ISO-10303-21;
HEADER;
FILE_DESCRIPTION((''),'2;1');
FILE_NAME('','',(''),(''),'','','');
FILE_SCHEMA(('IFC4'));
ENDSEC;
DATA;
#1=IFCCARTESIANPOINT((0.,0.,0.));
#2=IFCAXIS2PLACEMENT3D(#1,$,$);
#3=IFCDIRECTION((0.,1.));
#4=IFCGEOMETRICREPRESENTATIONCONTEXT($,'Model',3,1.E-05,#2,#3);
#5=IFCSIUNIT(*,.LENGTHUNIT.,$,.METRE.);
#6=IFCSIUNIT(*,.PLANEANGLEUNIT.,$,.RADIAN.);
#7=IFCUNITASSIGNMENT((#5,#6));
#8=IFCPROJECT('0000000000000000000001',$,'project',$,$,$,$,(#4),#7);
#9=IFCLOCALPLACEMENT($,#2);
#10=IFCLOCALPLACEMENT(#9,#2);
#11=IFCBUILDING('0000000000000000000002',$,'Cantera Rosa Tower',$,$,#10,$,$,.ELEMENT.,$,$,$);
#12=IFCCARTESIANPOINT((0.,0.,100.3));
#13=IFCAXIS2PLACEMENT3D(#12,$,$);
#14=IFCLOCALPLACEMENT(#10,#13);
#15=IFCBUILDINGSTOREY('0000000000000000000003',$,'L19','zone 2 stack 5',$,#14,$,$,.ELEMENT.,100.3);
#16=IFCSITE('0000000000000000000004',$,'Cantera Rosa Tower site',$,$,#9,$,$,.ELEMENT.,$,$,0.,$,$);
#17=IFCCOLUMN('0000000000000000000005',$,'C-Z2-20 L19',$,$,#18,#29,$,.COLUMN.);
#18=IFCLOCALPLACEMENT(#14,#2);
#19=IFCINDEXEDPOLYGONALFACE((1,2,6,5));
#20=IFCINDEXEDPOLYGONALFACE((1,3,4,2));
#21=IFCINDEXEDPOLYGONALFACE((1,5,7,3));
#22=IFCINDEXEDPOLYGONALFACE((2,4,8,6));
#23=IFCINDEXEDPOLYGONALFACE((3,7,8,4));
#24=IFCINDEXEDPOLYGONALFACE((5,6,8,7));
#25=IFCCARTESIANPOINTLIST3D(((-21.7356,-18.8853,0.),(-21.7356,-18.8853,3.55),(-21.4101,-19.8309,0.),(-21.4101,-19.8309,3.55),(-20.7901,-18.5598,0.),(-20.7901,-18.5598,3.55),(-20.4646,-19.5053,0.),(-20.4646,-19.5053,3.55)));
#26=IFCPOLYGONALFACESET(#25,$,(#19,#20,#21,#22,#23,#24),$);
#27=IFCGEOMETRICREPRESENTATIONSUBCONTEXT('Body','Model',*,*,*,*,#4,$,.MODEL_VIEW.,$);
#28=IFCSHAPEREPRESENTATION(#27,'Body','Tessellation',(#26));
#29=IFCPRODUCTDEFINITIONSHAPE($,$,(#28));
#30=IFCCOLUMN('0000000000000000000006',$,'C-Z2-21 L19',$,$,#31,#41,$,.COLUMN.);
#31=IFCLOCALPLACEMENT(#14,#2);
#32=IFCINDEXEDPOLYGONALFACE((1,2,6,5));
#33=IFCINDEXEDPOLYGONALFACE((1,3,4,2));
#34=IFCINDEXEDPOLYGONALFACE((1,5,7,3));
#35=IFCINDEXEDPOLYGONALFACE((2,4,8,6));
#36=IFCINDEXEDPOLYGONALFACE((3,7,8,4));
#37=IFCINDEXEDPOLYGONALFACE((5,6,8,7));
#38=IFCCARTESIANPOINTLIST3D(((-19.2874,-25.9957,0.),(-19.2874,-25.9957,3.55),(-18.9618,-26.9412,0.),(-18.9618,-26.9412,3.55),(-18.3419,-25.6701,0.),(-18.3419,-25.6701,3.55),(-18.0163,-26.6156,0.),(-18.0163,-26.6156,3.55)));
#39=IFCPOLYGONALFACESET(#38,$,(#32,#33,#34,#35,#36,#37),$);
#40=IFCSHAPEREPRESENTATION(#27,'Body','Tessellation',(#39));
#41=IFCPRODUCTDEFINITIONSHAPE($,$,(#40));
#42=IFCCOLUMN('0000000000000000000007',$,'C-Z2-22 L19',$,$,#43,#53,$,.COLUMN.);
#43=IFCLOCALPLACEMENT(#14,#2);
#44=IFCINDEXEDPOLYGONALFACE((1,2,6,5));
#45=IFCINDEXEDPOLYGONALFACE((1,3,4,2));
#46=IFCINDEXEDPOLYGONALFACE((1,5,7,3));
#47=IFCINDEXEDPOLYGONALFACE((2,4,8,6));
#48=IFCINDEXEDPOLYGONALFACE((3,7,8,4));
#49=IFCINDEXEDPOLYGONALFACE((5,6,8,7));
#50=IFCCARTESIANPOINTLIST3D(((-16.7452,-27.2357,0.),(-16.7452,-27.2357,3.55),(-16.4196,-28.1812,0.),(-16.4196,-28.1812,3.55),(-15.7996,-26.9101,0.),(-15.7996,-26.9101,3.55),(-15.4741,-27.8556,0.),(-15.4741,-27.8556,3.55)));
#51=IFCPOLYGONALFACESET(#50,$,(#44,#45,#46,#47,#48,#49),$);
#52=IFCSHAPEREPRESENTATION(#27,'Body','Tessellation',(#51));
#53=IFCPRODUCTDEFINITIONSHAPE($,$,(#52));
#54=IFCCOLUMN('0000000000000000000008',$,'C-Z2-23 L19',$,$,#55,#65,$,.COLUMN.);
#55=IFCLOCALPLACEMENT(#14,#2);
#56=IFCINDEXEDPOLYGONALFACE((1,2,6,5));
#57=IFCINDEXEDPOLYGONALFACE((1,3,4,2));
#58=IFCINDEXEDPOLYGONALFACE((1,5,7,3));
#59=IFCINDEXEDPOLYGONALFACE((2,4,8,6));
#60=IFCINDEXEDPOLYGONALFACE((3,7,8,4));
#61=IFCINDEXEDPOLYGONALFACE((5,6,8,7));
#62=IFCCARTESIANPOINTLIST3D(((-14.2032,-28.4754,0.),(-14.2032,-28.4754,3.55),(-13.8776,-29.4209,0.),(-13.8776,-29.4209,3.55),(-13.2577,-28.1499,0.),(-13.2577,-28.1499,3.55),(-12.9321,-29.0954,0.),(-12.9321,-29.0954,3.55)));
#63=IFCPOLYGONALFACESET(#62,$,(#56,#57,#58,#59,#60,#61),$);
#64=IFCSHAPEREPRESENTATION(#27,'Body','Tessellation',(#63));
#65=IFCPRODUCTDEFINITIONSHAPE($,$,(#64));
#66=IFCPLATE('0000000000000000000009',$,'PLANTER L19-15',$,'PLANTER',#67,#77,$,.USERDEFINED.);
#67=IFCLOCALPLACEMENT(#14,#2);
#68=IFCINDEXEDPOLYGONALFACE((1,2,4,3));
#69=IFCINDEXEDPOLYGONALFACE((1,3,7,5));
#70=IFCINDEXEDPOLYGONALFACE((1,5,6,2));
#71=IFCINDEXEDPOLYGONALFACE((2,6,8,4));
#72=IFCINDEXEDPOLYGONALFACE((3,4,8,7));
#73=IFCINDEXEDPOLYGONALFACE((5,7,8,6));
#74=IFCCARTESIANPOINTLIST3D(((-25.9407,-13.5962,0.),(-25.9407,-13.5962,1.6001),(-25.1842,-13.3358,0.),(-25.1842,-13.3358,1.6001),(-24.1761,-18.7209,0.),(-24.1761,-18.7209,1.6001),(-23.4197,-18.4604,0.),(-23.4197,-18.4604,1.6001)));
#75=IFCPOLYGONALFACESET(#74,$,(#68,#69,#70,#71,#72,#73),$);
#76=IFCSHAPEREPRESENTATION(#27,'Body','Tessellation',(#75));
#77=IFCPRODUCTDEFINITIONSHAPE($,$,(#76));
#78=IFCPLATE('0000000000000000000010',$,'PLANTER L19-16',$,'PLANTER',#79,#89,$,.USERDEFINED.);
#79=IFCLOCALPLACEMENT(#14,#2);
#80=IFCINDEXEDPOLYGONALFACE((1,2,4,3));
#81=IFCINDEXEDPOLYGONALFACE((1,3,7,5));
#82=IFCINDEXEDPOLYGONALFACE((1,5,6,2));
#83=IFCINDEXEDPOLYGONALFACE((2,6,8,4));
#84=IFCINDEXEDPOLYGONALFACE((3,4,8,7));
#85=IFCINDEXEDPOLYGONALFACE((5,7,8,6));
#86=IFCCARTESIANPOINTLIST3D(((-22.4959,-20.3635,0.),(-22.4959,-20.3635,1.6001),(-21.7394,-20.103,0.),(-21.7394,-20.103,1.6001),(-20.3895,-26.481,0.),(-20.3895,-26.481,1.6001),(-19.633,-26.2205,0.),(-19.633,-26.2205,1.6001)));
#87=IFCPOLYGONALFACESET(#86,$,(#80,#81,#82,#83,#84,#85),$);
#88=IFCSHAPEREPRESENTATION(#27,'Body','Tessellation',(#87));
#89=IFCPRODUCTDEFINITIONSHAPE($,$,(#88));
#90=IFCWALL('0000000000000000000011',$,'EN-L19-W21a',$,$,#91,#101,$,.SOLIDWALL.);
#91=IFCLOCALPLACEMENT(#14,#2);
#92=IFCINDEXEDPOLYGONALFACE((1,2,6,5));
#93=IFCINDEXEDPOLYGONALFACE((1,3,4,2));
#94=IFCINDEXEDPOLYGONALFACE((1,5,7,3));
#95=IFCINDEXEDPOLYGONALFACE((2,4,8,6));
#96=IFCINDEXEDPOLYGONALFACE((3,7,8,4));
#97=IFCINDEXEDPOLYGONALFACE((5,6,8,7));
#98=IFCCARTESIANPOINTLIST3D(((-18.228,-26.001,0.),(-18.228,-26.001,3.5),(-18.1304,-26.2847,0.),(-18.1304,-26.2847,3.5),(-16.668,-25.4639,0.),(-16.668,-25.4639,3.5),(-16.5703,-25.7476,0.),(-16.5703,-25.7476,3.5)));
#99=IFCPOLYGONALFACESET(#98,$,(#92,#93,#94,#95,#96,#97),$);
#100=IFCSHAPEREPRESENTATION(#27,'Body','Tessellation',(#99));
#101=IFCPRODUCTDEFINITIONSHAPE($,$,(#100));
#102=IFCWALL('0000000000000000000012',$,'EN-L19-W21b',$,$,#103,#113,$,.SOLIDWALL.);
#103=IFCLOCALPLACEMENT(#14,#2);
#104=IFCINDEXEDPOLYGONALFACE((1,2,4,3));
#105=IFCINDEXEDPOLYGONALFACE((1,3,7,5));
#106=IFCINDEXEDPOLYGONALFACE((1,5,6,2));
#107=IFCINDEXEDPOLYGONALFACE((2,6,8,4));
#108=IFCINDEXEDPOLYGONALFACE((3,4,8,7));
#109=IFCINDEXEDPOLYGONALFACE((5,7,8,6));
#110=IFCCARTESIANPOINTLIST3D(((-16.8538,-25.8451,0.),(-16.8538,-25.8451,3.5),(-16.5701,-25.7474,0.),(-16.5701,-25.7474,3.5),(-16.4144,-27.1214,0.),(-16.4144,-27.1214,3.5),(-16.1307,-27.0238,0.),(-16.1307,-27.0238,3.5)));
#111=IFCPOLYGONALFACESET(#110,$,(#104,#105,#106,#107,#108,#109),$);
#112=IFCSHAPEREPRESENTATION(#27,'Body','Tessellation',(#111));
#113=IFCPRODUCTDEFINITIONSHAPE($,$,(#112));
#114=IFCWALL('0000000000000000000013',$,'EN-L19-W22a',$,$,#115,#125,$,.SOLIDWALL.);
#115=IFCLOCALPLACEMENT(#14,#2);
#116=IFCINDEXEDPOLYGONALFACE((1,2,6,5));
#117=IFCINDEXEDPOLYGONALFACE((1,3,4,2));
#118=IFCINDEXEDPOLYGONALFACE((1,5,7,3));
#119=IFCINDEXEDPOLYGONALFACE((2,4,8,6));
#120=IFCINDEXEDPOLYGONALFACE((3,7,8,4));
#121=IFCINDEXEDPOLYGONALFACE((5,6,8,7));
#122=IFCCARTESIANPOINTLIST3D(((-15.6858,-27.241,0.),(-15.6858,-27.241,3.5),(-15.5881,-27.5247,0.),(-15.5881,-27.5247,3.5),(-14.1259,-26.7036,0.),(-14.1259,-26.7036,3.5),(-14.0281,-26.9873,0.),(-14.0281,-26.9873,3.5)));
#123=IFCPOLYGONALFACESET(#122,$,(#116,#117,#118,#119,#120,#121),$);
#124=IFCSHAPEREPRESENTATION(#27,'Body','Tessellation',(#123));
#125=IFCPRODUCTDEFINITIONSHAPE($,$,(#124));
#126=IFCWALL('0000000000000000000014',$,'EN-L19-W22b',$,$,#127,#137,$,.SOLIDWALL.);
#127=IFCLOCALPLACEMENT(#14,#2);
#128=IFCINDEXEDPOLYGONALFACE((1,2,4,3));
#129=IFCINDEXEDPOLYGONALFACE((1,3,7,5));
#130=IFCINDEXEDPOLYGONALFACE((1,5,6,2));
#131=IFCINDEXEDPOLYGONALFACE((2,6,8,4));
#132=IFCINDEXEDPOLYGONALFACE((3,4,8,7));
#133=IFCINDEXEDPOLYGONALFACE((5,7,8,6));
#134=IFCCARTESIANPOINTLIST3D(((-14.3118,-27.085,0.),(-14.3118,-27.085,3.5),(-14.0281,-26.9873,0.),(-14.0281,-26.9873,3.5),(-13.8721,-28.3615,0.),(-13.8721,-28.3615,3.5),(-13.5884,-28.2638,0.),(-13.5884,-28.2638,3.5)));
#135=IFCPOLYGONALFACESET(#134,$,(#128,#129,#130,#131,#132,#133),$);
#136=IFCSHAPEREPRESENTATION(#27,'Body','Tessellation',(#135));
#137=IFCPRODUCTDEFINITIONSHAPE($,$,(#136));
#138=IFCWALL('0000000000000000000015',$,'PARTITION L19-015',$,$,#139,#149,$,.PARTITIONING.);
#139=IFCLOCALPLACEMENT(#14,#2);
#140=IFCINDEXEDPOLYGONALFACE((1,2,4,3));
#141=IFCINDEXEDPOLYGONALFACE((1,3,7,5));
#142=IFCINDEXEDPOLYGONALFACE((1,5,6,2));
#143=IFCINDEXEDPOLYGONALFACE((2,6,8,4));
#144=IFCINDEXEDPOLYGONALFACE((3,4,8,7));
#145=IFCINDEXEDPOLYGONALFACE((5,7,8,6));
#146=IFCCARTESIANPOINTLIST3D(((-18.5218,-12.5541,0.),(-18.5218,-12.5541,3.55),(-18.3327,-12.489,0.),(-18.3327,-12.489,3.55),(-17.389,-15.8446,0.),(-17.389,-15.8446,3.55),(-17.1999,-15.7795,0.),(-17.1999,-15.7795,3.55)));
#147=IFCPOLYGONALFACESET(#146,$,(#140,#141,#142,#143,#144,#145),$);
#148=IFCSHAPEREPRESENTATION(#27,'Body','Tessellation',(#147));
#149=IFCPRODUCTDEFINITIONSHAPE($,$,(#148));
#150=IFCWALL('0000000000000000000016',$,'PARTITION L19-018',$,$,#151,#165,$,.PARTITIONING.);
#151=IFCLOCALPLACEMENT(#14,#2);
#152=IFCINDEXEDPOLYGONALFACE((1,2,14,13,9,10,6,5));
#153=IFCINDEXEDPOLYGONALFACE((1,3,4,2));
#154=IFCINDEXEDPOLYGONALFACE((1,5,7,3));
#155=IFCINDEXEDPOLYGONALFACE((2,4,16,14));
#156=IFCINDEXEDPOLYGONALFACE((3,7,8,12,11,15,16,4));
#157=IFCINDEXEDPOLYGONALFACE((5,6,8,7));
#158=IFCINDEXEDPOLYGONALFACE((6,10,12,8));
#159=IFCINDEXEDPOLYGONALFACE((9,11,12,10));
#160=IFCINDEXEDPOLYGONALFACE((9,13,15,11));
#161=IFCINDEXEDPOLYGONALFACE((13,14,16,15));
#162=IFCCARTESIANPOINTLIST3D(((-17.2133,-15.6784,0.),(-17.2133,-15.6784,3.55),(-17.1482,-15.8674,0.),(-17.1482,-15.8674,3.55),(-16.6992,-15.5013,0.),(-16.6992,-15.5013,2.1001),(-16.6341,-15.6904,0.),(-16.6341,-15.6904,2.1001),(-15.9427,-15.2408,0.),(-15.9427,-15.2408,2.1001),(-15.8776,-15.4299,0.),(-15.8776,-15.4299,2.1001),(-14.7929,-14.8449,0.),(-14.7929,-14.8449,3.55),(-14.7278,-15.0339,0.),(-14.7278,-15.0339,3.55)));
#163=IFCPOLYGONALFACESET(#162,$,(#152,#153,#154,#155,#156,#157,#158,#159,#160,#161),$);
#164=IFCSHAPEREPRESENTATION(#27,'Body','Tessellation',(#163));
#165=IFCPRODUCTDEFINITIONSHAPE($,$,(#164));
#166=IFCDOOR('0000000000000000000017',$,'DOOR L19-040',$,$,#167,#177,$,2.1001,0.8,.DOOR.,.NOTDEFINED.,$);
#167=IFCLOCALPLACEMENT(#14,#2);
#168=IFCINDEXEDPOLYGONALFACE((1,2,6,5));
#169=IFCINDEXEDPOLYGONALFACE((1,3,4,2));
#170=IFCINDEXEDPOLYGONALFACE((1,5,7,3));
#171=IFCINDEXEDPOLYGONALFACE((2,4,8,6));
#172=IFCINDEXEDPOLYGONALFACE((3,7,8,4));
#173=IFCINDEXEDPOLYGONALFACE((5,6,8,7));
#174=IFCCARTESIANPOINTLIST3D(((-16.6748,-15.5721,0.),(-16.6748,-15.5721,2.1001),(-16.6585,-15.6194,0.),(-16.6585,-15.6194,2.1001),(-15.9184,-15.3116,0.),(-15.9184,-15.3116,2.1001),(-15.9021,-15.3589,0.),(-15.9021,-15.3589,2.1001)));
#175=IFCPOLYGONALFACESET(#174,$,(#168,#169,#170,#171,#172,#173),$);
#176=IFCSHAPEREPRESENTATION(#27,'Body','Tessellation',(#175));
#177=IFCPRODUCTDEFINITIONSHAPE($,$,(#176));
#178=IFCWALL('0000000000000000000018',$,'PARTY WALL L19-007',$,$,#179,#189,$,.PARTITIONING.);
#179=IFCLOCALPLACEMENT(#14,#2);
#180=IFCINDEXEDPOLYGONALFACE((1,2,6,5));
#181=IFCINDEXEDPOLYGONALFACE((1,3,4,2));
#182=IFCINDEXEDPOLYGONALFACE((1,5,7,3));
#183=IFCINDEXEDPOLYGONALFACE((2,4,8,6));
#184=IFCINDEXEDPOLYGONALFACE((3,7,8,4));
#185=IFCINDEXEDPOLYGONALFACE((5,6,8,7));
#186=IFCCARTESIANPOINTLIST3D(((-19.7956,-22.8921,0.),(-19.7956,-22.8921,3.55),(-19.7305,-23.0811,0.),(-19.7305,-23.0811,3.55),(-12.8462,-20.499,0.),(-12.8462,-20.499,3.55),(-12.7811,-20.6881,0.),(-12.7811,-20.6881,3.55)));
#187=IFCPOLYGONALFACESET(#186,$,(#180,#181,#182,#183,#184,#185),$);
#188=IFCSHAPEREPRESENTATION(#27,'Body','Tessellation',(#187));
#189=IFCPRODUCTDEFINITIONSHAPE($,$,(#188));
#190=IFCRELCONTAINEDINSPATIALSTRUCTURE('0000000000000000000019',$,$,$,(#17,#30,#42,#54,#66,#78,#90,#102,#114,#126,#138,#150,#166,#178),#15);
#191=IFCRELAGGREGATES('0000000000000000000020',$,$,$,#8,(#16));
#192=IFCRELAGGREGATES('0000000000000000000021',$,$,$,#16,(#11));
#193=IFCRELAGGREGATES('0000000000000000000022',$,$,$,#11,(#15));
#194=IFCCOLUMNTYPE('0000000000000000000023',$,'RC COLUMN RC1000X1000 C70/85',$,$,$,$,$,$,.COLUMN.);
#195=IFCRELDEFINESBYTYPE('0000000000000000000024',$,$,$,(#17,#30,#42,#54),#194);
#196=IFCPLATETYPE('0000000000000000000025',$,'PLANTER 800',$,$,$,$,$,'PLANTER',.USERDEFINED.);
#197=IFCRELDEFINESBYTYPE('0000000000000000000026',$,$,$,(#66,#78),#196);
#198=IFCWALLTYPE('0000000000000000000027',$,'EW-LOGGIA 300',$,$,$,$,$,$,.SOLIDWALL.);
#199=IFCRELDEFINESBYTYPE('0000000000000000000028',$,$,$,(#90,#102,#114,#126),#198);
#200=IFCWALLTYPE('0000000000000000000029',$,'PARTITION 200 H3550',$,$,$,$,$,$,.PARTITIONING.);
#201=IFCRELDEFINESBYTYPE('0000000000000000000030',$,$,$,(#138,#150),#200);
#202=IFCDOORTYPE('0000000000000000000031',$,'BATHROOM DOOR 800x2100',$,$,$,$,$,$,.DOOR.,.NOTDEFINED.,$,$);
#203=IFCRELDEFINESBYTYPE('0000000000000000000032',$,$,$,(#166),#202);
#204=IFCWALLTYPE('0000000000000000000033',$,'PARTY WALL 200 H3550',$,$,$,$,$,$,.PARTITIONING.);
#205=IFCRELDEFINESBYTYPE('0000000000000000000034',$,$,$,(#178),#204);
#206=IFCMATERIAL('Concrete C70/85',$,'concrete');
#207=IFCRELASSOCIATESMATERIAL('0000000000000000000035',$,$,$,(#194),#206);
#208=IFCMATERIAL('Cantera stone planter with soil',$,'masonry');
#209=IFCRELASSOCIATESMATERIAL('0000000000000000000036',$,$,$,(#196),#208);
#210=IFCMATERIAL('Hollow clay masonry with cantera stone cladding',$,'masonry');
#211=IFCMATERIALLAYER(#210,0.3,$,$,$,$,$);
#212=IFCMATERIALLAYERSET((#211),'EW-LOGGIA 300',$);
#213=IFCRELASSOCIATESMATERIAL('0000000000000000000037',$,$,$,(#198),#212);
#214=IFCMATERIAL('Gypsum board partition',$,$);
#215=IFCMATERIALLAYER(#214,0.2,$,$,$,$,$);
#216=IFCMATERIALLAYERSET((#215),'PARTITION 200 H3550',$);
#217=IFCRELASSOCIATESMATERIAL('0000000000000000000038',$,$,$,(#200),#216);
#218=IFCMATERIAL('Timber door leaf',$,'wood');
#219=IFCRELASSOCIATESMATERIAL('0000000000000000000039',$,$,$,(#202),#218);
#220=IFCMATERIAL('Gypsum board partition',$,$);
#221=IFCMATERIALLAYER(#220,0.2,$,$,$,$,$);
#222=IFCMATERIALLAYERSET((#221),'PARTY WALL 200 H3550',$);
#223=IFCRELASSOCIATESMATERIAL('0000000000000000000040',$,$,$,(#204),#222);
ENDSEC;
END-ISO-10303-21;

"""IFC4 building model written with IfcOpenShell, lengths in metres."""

from ifc_helpers import new_model, si_unit, direction, frame, frame_2d, origin, origin_2d, place, context, subcontext, project, spatial, rectangle, extrude, material, layer, layer_set, material_profile, profile_set, type_object, element, fill, save


model = new_model("IFC4")

# Units and contexts
model_context = context("Model", 3, precision=1e-05, world=origin(), true_north=direction((0.0, 1.0)))
body_context = subcontext(model_context, "Body", "Model", "MODEL_VIEW")
ifc_project = project(units=[si_unit("LENGTHUNIT", "METRE"), si_unit("PLANEANGLEUNIT", "RADIAN")], contexts=[model_context])

# Site, building, storey
site_placement = place(None, origin())
site = spatial("IfcSite", under=ifc_project, at=site_placement, Name="Cantera Rosa Tower site", CompositionType="ELEMENT", RefElevation=0.0)
building_placement = place(site_placement, origin())
building = spatial("IfcBuilding", under=site, at=building_placement, Name="Cantera Rosa Tower", CompositionType="ELEMENT")
storey_placement = place(building_placement, frame((0.0, 0.0, 100.3)))
storey = spatial("IfcBuildingStorey", under=building, at=storey_placement, Name="L19", Description="zone 2 stack 5", CompositionType="ELEMENT", Elevation=100.3)

# Columns
ifc_material_1 = material(Name="Concrete C70/85", Category="concrete")
ifc_material_profile = material_profile(ifc_material_1, rectangle(XDim=1.0, YDim=1.0, at=origin_2d()), Name="RC COLUMN RC1000X1000 C70/85")
ifc_profile_set = profile_set([ifc_material_profile], Name="Concrete C70/85")
column_type = type_object("IfcColumnType", Name="RC COLUMN RC1000X1000 C70/85", PredefinedType="COLUMN", material=ifc_profile_set)
for number, where, z_axis, x_axis, name in (
    (1, (-21.1001, -19.1953, 0.0), (0.0, 0.0, 1.0), (0.945519, 0.325568, 0.0), "C-Z2-20 L19"),
    (2, (-18.6519, -26.3057, 0.0), (0.0, 0.0, 1.0), (0.945519, 0.325568, 0.0), "C-Z2-21 L19"),
    (3, (-16.1096, -27.5457, 0.0), (0.0, 0.0, 1.0), (0.945519, 0.325568, 0.0), "C-Z2-22 L19"),
    (4, (-13.5676, -28.7854, 0.0), (0.0, 0.0, 1.0), (0.945519, 0.325568, 0.0), "C-Z2-23 L19"),
):
    element("IfcColumn", number, at=place(storey_placement, frame(where, z_axis=z_axis, x_axis=x_axis)), inside=storey, type_object=column_type, Name=name, PredefinedType="COLUMN", context=body_context, shape_type="SweptSolid", body=[
        extrude(rectangle(XDim=1.0, YDim=1.0, at=origin_2d()), origin(), (0.0, 0.0, 1.0), 3.55),
    ])

# Plates
ifc_material_2 = material(Name="Cantera stone planter with soil", Category="masonry")
plate_type = type_object("IfcPlateType", Name="PLANTER 800", ElementType="PLANTER", PredefinedType="USERDEFINED", material=ifc_material_2)
plate_1_placement = place(storey_placement, frame((-24.6802, -16.0283, 0.0), z_axis=(0.0, 0.0, 1.0), x_axis=(0.325568, -0.945519, 0.0)))
element("IfcPlate", 5, at=plate_1_placement, inside=storey, type_object=plate_type, Name="PLANTER L19-15", ObjectType="PLANTER", PredefinedType="USERDEFINED", context=body_context, shape_type="SweptSolid", body=[
    extrude(rectangle(XDim=5.4199, YDim=0.8, at=origin_2d()), origin(), (0.0, 0.0, 1.0), 1.6001),
])
plate_2_placement = place(storey_placement, frame((-21.0645, -23.292, 0.0), z_axis=(0.0, 0.0, 1.0), x_axis=(0.325568, -0.945519, 0.0)))
element("IfcPlate", 6, at=plate_2_placement, inside=storey, type_object=plate_type, Name="PLANTER L19-16", ObjectType="PLANTER", PredefinedType="USERDEFINED", context=body_context, shape_type="SweptSolid", body=[
    extrude(rectangle(XDim=6.47, YDim=0.8, at=origin_2d()), origin(), (0.0, 0.0, 1.0), 1.6001),
])

# Walls
ifc_material_3 = material(Name="Hollow clay masonry with cantera stone cladding", Category="masonry")
ifc_layer_1 = layer(ifc_material_3, 0.3)
ifc_layer_set_1 = layer_set([ifc_layer_1], Name="EW-LOGGIA 300")
wall_type_1 = type_object("IfcWallType", Name="EW-LOGGIA 300", PredefinedType="SOLIDWALL", material=ifc_layer_set_1)
wall_1_placement = place(storey_placement, frame((-18.1792, -26.1428, 0.0), z_axis=(0.0, 0.0, 1.0), x_axis=(0.94553, 0.325535, 0.0)))
element("IfcWall", 7, at=wall_1_placement, inside=storey, type_object=wall_type_1, Name="EN-L19-W21a", PredefinedType="SOLIDWALL", context=body_context, shape_type="SweptSolid", body=[
    extrude(rectangle(XDim=1.6499, YDim=0.3, at=frame_2d((0.825, 0.0))), origin(), (0.0, 0.0, 1.0), 3.5),
])
wall_2_placement = place(storey_placement, frame((-16.7119, -25.7964, 0.0), z_axis=(0.0, 0.0, 1.0), x_axis=(0.325545, -0.945527, 0.0)))
element("IfcWall", 8, at=wall_2_placement, inside=storey, type_object=wall_type_1, Name="EN-L19-W21b", PredefinedType="SOLIDWALL", context=body_context, shape_type="SweptSolid", body=[
    extrude(rectangle(XDim=1.3499, YDim=0.3, at=frame_2d((0.6748, 0.0))), origin(), (0.0, 0.0, 1.0), 3.5),
])
wall_3_placement = place(storey_placement, frame((-15.637, -27.3828, 0.0), z_axis=(0.0, 0.0, 1.0), x_axis=(0.945485, 0.325667, 0.0)))
element("IfcWall", 9, at=wall_3_placement, inside=storey, type_object=wall_type_1, Name="EN-L19-W22a", PredefinedType="SOLIDWALL", context=body_context, shape_type="SweptSolid", body=[
    extrude(rectangle(XDim=1.6499, YDim=0.3, at=frame_2d((0.825, 0.0))), origin(), (0.0, 0.0, 1.0), 3.5),
])
wall_4_placement = place(storey_placement, frame((-14.1699, -27.0361, 0.0), z_axis=(0.0, 0.0, 1.0), x_axis=(0.325651, -0.94549, 0.0)))
element("IfcWall", 10, at=wall_4_placement, inside=storey, type_object=wall_type_1, Name="EN-L19-W22b", PredefinedType="SOLIDWALL", context=body_context, shape_type="SweptSolid", body=[
    extrude(rectangle(XDim=1.3501, YDim=0.3, at=frame_2d((0.675, 0.0))), origin(), (0.0, 0.0, 1.0), 3.5),
])

# Wall
ifc_material_4 = material(Name="Gypsum board partition")
ifc_layer_2 = layer(ifc_material_4, 0.2)
ifc_layer_set_2 = layer_set([ifc_layer_2], Name="PARTITION 200 H3550")
wall_type_2 = type_object("IfcWallType", Name="PARTITION 200 H3550", PredefinedType="PARTITIONING", material=ifc_layer_set_2)
wall_5_placement = place(storey_placement, frame((-17.2944, -15.812, 0.0), z_axis=(0.0, 0.0, 1.0), x_axis=(-0.325515, 0.945537, 0.0)))
element("IfcWall", 11, at=wall_5_placement, inside=storey, type_object=wall_type_2, Name="PARTITION L19-015", PredefinedType="PARTITIONING", context=body_context, shape_type="SweptSolid", body=[
    extrude(rectangle(XDim=3.48, YDim=0.2, at=frame_2d((1.74, 0.0))), origin(), (0.0, 0.0, 1.0), 3.55),
])

# Wall, opening, door
wall_6_placement = place(storey_placement, frame((-14.7605, -14.9395, 0.0), z_axis=(0.0, 0.0, 1.0), x_axis=(-0.945509, -0.325597, 0.0)))
wall_6 = element("IfcWall", 12, at=wall_6_placement, inside=storey, type_object=wall_type_2, Name="PARTITION L19-018", PredefinedType="PARTITIONING", context=body_context, shape_type="SweptSolid", body=[
    extrude(rectangle(XDim=2.5598, YDim=0.2, at=frame_2d((1.2798, 0.0))), origin(), (0.0, 0.0, 1.0), 3.55),
])
opening_1_placement = place(wall_6_placement, frame((1.2161, 0.0, 0.0)))
opening_1 = element("IfcOpeningElement", 13, at=opening_1_placement, cuts=wall_6, PredefinedType="OPENING", context=body_context, shape_type="SweptSolid", body=[
    extrude(rectangle(XDim=0.8, YDim=2.1001, at=frame_2d((0.3999, 1.05))), frame((0.0, 0.1099, 0.0), z_axis=(0.0, -1.0, 0.0), x_axis=(1.0, 0.0, 0.0)), (0.0, 0.0, 1.0), 0.22),
])
ifc_material_5 = material(Name="Timber door leaf", Category="wood")
door_type_1 = type_object("IfcDoorType", Name="BATHROOM DOOR 800x2100", OperationType="NOTDEFINED", PredefinedType="DOOR", material=ifc_material_5)
door_1_placement = place(opening_1_placement, origin())
door_1 = element("IfcDoor", 14, at=door_1_placement, inside=storey, type_object=door_type_1, Name="DOOR L19-040", OperationType="NOTDEFINED", OverallHeight=2.1001, OverallWidth=0.8, PredefinedType="DOOR", context=body_context, shape_type="SweptSolid", body=[
    extrude(rectangle(XDim=0.8, YDim=2.1001, at=frame_2d((0.3999, 1.05))), frame((0.0, 0.0249, 0.0), z_axis=(0.0, -1.0, 0.0), x_axis=(1.0, 0.0, 0.0)), (0.0, 0.0, 1.0), 0.05),
])
fill(opening_1, door_1)

# Wall
ifc_material_6 = material(Name="Gypsum board partition")
ifc_layer_3 = layer(ifc_material_6, 0.2)
ifc_layer_set_3 = layer_set([ifc_layer_3], Name="PARTY WALL 200 H3550")
wall_type_3 = type_object("IfcWallType", Name="PARTY WALL 200 H3550", PredefinedType="PARTITIONING", material=ifc_layer_set_3)
wall_7_placement = place(storey_placement, frame((-19.7629, -22.9866, 0.0), z_axis=(0.0, 0.0, 1.0), x_axis=(0.945511, 0.325589, 0.0)))
element("IfcWall", 15, at=wall_7_placement, inside=storey, type_object=wall_type_3, Name="PARTY WALL L19-007", PredefinedType="PARTITIONING", context=body_context, shape_type="SweptSolid", body=[
    extrude(rectangle(XDim=7.3499, YDim=0.2, at=frame_2d((3.6748, 0.0))), origin(), (0.0, 0.0, 1.0), 3.55),
])

save(model, "model.ifc")
